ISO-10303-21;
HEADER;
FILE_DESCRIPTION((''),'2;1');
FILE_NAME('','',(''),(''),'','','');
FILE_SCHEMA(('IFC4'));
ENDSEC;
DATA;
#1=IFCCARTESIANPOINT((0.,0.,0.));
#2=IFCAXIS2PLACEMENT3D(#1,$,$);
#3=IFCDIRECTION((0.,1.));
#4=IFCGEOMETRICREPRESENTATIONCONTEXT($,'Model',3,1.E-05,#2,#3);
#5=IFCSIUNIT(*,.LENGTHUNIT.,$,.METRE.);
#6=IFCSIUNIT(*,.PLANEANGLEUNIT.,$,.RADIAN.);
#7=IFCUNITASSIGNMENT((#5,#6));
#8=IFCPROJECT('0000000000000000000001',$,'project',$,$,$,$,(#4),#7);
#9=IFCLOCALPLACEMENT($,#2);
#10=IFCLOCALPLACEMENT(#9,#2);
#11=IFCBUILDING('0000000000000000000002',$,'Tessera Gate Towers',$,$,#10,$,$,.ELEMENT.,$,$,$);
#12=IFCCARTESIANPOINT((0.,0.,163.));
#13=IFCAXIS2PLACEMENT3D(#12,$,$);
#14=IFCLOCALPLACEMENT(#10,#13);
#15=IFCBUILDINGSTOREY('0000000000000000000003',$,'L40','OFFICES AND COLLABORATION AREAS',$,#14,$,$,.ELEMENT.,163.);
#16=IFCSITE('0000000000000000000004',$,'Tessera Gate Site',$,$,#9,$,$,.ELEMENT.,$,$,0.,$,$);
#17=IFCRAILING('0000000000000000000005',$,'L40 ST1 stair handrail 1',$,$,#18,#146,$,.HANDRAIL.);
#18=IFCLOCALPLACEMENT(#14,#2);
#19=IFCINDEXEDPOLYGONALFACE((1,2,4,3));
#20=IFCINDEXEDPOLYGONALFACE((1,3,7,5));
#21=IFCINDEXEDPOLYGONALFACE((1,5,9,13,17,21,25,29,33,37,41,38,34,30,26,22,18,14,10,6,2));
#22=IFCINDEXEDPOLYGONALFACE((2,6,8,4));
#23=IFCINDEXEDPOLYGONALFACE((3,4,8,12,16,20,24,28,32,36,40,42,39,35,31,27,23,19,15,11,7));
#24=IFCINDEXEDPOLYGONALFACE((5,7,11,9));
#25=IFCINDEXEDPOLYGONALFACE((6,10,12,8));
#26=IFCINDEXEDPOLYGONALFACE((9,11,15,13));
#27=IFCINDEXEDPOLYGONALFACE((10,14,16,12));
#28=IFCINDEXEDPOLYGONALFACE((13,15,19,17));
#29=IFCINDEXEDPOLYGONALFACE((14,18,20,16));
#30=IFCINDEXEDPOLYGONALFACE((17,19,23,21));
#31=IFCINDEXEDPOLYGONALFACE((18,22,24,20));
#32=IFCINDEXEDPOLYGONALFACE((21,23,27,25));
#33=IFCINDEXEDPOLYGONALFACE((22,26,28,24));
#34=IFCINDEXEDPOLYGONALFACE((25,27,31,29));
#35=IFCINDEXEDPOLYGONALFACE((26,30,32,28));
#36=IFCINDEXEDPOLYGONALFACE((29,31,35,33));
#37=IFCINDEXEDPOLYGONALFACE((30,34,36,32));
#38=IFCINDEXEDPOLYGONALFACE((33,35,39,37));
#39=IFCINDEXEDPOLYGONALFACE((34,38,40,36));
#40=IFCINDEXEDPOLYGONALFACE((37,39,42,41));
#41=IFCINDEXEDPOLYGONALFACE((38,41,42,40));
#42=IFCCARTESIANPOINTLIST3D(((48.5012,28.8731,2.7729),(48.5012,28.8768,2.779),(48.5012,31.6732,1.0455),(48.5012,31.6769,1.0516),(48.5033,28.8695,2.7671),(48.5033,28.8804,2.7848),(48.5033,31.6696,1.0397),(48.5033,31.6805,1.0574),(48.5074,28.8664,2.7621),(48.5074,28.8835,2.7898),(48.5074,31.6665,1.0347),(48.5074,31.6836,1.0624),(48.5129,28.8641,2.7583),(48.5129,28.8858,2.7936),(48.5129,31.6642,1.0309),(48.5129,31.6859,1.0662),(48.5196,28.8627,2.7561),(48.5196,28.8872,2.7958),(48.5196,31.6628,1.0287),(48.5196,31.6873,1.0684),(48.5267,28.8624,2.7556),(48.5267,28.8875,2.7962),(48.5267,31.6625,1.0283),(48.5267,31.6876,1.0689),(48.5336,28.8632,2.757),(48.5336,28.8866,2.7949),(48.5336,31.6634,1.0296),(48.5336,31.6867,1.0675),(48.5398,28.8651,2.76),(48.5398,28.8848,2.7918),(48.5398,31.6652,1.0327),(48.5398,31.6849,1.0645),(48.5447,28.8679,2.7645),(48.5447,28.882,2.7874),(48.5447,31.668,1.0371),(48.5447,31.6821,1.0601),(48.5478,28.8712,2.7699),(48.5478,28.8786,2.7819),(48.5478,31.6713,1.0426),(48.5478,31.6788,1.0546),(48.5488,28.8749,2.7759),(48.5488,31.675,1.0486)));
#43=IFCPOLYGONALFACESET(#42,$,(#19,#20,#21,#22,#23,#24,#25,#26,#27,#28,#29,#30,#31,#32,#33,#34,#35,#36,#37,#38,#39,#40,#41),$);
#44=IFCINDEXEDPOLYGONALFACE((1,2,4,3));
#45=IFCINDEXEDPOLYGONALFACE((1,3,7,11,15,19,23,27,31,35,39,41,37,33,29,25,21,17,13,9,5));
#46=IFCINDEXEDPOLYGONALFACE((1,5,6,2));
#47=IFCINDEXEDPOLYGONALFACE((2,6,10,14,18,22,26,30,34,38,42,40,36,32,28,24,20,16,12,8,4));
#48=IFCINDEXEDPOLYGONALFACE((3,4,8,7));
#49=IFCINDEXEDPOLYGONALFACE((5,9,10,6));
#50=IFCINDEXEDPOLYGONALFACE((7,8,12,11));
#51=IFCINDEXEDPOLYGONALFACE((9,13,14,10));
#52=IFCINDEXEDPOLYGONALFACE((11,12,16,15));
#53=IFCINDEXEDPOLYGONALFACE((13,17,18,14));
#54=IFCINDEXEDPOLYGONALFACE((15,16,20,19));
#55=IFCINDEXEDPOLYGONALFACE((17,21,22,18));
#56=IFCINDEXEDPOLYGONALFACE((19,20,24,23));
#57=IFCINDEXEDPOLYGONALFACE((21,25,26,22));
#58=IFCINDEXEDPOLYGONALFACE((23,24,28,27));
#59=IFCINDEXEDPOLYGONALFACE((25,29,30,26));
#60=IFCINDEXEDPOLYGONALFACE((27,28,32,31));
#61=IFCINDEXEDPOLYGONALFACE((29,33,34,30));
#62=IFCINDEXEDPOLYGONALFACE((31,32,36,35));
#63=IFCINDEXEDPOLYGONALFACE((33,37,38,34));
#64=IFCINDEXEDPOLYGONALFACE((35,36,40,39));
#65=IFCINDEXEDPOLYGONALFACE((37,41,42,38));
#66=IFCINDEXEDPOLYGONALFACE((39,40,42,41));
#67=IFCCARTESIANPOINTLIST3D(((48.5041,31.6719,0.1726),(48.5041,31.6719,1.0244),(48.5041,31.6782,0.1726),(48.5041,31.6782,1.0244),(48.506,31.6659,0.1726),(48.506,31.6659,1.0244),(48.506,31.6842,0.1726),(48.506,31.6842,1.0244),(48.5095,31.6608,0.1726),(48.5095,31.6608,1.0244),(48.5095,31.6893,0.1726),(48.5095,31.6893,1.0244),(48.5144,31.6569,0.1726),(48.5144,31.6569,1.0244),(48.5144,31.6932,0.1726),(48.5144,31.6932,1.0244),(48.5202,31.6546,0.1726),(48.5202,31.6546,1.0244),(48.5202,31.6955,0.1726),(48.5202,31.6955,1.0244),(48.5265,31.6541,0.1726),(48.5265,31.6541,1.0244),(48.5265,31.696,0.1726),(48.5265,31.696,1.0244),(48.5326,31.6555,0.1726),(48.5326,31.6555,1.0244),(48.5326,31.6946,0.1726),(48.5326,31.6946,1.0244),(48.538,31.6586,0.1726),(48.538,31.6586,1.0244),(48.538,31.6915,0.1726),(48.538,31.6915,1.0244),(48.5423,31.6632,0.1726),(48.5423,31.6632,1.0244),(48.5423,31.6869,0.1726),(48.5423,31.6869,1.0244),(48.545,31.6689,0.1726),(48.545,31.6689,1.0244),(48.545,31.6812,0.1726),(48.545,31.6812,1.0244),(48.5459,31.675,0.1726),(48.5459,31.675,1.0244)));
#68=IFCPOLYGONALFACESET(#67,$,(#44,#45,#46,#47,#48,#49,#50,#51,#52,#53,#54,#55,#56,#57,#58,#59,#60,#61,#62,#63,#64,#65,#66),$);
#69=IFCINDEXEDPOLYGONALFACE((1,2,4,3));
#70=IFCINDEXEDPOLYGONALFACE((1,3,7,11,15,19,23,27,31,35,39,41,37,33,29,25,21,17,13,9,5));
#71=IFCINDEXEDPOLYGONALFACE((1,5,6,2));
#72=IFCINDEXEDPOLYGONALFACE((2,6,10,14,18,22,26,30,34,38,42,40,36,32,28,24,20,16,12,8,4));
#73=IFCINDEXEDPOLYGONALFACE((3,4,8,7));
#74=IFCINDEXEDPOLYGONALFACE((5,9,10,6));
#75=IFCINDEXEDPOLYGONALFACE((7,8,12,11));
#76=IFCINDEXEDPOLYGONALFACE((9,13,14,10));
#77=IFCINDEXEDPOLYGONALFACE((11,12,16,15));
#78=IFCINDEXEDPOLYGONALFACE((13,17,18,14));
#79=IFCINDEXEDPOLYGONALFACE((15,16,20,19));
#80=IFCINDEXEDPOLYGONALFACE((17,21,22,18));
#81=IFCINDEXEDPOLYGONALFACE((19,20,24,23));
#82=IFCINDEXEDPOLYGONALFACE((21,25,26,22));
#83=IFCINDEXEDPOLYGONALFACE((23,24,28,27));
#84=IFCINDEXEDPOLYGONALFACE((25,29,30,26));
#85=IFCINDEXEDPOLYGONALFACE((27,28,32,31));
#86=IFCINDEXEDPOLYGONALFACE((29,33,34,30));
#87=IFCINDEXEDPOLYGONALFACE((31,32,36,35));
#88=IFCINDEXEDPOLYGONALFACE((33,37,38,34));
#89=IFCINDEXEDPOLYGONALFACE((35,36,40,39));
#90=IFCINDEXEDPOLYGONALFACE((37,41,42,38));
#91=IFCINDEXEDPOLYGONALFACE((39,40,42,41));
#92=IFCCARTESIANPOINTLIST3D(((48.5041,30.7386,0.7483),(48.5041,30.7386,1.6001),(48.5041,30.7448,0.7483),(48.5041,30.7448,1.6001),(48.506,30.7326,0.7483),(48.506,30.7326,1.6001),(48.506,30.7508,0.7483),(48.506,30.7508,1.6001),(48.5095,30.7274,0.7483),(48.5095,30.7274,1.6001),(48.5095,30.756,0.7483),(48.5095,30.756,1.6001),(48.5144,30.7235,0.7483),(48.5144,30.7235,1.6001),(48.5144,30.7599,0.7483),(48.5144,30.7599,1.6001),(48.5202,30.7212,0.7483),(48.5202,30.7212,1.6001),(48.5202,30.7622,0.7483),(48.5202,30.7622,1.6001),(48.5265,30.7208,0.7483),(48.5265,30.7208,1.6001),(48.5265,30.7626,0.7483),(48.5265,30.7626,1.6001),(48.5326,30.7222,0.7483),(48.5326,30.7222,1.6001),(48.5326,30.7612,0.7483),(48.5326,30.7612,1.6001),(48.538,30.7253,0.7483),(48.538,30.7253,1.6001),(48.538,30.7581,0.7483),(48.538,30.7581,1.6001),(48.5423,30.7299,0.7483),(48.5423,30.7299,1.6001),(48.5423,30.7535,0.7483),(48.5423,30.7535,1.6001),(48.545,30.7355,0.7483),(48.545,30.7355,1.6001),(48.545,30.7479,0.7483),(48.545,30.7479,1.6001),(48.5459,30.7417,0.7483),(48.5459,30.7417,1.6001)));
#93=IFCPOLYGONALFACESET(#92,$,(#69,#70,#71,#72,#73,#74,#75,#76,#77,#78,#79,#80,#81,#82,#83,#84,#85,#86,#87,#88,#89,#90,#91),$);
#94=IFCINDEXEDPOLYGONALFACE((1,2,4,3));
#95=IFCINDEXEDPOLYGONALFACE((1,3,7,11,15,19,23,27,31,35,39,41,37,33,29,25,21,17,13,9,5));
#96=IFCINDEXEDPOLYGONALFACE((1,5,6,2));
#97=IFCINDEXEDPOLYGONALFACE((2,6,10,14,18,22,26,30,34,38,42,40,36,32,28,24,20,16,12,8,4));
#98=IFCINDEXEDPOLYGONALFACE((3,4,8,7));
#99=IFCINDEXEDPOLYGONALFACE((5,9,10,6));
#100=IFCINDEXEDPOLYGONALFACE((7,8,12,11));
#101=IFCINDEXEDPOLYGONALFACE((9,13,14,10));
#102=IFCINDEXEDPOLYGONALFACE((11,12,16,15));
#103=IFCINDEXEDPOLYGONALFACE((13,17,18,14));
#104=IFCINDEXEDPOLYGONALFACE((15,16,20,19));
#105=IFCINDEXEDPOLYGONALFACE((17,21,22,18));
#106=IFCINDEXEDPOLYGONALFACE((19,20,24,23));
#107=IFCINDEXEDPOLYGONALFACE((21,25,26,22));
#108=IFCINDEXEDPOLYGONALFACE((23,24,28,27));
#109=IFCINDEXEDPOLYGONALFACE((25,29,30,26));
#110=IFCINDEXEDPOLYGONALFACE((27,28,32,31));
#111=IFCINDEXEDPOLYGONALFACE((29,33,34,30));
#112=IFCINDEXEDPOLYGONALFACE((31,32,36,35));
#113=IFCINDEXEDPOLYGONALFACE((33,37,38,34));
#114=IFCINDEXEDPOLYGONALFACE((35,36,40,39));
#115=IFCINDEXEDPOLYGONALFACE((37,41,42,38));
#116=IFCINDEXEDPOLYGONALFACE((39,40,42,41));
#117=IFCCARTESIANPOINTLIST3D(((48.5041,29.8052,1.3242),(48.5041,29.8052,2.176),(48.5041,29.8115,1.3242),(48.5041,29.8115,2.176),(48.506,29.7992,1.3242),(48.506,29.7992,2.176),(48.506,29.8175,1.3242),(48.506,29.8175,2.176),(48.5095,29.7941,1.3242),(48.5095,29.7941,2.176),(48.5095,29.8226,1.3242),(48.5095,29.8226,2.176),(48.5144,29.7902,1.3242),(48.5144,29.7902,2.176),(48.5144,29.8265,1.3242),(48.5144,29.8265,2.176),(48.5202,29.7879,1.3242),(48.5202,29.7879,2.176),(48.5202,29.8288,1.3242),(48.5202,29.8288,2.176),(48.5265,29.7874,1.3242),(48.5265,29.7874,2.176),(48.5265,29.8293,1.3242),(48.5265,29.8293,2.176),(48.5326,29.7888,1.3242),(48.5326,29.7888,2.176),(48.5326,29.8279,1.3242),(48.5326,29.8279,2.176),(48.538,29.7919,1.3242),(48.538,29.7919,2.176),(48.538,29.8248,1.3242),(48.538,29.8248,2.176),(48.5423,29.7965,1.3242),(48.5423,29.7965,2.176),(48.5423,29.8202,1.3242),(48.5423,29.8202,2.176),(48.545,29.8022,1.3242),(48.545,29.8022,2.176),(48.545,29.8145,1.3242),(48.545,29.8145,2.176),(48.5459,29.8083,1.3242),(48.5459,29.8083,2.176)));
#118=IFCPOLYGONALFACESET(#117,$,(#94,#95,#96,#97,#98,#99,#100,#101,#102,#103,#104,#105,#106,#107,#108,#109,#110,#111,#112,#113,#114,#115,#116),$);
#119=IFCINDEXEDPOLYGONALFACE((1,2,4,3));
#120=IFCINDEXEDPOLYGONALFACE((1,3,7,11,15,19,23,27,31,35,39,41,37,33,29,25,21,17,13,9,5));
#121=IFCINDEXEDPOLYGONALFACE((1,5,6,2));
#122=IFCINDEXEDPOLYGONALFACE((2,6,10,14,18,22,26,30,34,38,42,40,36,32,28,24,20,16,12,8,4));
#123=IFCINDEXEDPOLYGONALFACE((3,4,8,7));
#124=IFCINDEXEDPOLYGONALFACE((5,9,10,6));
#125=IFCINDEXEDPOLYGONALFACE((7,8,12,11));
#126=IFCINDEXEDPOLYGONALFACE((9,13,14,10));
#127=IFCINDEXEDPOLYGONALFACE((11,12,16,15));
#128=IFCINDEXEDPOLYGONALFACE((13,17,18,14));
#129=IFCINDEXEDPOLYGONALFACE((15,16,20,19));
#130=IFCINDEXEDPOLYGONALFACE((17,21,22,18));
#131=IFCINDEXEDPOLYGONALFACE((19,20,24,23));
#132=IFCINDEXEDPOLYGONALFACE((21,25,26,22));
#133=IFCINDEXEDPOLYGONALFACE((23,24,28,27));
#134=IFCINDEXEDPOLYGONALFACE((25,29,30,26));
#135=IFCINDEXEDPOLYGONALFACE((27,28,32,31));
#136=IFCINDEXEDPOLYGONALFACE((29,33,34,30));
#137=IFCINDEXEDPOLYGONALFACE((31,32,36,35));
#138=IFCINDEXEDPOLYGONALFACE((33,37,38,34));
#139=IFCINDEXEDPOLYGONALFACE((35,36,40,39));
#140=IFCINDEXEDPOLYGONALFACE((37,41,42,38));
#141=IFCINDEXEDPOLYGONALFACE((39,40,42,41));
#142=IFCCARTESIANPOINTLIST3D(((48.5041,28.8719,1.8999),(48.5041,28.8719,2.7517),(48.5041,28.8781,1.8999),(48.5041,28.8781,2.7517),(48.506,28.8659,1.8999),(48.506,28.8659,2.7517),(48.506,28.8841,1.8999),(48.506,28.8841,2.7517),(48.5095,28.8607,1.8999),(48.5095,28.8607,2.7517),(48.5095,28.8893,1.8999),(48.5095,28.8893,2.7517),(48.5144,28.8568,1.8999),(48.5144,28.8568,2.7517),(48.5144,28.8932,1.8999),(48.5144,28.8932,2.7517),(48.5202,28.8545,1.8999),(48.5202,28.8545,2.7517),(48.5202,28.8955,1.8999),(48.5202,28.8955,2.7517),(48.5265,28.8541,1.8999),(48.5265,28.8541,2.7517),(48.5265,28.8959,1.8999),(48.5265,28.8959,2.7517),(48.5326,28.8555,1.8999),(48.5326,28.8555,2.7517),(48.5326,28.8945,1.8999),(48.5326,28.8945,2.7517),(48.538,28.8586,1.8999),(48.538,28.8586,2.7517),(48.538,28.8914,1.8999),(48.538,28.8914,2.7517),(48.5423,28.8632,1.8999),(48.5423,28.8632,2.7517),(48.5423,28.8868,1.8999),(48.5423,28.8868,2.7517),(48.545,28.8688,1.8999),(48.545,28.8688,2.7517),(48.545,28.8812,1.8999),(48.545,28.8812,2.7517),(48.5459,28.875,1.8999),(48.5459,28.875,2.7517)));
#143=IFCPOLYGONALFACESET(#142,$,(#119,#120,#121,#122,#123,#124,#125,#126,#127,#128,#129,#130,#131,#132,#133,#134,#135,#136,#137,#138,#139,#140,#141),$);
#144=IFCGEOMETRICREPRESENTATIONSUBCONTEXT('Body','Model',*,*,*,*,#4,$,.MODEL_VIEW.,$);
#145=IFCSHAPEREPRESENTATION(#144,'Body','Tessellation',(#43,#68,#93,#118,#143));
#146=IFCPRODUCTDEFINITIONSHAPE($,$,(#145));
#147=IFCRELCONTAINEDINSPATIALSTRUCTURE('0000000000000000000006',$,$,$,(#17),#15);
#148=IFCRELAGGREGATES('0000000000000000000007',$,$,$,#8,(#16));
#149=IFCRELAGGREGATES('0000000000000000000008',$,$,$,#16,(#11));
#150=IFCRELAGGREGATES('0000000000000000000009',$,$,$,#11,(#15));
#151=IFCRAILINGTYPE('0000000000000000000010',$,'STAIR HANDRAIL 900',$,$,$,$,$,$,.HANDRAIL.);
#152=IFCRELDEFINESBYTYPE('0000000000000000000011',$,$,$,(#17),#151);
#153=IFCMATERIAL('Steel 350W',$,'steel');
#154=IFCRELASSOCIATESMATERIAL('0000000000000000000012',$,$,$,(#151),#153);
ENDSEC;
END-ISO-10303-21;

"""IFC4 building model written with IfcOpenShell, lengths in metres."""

from ifc_helpers import new_model, si_unit, direction, frame, origin, origin_2d, place, context, subcontext, project, spatial, circle, extrude, material, type_object, element, save


model = new_model("IFC4")

# Units and contexts
model_context = context("Model", 3, precision=1e-05, world=origin(), true_north=direction((0.0, 1.0)))
body_context = subcontext(model_context, "Body", "Model", "MODEL_VIEW")
ifc_project = project(units=[si_unit("LENGTHUNIT", "METRE"), si_unit("PLANEANGLEUNIT", "RADIAN")], contexts=[model_context])

# Site, building, storey
site_placement = place(None, origin())
site = spatial("IfcSite", under=ifc_project, at=site_placement, Name="Tessera Gate Site", CompositionType="ELEMENT", RefElevation=0.0)
building_placement = place(site_placement, origin())
building = spatial("IfcBuilding", under=site, at=building_placement, Name="Tessera Gate Towers", CompositionType="ELEMENT")
storey_placement = place(building_placement, frame((0.0, 0.0, 163.0)))
storey = spatial("IfcBuildingStorey", under=building, at=storey_placement, Name="L40", Description="OFFICES AND COLLABORATION AREAS", CompositionType="ELEMENT", Elevation=163.0)

# Railing
ifc_material_1 = material(Name="Steel 350W", Category="steel")
railing_type_1 = type_object("IfcRailingType", Name="STAIR HANDRAIL 900", PredefinedType="HANDRAIL", material=ifc_material_1)
railing_1_placement = place(storey_placement, frame((48.5249, 31.675, 0.1726)))
element("IfcRailing", 1, at=railing_1_placement, inside=storey, type_object=railing_type_1, Name="L40 ST1 stair handrail 1", PredefinedType="HANDRAIL", context=body_context, shape_type="SweptSolid", body=[
    extrude(circle(Radius=0.0239, at=origin_2d()), frame((0.0, 0.0, 0.876), z_axis=(0.0, -0.85109, 0.52502), x_axis=(1.0, 0.0, 0.0)), (0.0, 0.0, 1.0), 3.29),
    extrude(circle(Radius=0.021, at=origin_2d()), origin(), (0.0, 0.0, 1.0), 0.8518),
    extrude(circle(Radius=0.021, at=origin_2d()), frame((0.0, -0.9333, 0.5757)), (0.0, 0.0, 1.0), 0.8518),
    extrude(circle(Radius=0.021, at=origin_2d()), frame((0.0, -1.8667, 1.1516)), (0.0, 0.0, 1.0), 0.8518),
    extrude(circle(Radius=0.021, at=origin_2d()), frame((0.0, -2.8, 1.7273)), (0.0, 0.0, 1.0), 0.8518),
])

save(model, "model.ifc")
